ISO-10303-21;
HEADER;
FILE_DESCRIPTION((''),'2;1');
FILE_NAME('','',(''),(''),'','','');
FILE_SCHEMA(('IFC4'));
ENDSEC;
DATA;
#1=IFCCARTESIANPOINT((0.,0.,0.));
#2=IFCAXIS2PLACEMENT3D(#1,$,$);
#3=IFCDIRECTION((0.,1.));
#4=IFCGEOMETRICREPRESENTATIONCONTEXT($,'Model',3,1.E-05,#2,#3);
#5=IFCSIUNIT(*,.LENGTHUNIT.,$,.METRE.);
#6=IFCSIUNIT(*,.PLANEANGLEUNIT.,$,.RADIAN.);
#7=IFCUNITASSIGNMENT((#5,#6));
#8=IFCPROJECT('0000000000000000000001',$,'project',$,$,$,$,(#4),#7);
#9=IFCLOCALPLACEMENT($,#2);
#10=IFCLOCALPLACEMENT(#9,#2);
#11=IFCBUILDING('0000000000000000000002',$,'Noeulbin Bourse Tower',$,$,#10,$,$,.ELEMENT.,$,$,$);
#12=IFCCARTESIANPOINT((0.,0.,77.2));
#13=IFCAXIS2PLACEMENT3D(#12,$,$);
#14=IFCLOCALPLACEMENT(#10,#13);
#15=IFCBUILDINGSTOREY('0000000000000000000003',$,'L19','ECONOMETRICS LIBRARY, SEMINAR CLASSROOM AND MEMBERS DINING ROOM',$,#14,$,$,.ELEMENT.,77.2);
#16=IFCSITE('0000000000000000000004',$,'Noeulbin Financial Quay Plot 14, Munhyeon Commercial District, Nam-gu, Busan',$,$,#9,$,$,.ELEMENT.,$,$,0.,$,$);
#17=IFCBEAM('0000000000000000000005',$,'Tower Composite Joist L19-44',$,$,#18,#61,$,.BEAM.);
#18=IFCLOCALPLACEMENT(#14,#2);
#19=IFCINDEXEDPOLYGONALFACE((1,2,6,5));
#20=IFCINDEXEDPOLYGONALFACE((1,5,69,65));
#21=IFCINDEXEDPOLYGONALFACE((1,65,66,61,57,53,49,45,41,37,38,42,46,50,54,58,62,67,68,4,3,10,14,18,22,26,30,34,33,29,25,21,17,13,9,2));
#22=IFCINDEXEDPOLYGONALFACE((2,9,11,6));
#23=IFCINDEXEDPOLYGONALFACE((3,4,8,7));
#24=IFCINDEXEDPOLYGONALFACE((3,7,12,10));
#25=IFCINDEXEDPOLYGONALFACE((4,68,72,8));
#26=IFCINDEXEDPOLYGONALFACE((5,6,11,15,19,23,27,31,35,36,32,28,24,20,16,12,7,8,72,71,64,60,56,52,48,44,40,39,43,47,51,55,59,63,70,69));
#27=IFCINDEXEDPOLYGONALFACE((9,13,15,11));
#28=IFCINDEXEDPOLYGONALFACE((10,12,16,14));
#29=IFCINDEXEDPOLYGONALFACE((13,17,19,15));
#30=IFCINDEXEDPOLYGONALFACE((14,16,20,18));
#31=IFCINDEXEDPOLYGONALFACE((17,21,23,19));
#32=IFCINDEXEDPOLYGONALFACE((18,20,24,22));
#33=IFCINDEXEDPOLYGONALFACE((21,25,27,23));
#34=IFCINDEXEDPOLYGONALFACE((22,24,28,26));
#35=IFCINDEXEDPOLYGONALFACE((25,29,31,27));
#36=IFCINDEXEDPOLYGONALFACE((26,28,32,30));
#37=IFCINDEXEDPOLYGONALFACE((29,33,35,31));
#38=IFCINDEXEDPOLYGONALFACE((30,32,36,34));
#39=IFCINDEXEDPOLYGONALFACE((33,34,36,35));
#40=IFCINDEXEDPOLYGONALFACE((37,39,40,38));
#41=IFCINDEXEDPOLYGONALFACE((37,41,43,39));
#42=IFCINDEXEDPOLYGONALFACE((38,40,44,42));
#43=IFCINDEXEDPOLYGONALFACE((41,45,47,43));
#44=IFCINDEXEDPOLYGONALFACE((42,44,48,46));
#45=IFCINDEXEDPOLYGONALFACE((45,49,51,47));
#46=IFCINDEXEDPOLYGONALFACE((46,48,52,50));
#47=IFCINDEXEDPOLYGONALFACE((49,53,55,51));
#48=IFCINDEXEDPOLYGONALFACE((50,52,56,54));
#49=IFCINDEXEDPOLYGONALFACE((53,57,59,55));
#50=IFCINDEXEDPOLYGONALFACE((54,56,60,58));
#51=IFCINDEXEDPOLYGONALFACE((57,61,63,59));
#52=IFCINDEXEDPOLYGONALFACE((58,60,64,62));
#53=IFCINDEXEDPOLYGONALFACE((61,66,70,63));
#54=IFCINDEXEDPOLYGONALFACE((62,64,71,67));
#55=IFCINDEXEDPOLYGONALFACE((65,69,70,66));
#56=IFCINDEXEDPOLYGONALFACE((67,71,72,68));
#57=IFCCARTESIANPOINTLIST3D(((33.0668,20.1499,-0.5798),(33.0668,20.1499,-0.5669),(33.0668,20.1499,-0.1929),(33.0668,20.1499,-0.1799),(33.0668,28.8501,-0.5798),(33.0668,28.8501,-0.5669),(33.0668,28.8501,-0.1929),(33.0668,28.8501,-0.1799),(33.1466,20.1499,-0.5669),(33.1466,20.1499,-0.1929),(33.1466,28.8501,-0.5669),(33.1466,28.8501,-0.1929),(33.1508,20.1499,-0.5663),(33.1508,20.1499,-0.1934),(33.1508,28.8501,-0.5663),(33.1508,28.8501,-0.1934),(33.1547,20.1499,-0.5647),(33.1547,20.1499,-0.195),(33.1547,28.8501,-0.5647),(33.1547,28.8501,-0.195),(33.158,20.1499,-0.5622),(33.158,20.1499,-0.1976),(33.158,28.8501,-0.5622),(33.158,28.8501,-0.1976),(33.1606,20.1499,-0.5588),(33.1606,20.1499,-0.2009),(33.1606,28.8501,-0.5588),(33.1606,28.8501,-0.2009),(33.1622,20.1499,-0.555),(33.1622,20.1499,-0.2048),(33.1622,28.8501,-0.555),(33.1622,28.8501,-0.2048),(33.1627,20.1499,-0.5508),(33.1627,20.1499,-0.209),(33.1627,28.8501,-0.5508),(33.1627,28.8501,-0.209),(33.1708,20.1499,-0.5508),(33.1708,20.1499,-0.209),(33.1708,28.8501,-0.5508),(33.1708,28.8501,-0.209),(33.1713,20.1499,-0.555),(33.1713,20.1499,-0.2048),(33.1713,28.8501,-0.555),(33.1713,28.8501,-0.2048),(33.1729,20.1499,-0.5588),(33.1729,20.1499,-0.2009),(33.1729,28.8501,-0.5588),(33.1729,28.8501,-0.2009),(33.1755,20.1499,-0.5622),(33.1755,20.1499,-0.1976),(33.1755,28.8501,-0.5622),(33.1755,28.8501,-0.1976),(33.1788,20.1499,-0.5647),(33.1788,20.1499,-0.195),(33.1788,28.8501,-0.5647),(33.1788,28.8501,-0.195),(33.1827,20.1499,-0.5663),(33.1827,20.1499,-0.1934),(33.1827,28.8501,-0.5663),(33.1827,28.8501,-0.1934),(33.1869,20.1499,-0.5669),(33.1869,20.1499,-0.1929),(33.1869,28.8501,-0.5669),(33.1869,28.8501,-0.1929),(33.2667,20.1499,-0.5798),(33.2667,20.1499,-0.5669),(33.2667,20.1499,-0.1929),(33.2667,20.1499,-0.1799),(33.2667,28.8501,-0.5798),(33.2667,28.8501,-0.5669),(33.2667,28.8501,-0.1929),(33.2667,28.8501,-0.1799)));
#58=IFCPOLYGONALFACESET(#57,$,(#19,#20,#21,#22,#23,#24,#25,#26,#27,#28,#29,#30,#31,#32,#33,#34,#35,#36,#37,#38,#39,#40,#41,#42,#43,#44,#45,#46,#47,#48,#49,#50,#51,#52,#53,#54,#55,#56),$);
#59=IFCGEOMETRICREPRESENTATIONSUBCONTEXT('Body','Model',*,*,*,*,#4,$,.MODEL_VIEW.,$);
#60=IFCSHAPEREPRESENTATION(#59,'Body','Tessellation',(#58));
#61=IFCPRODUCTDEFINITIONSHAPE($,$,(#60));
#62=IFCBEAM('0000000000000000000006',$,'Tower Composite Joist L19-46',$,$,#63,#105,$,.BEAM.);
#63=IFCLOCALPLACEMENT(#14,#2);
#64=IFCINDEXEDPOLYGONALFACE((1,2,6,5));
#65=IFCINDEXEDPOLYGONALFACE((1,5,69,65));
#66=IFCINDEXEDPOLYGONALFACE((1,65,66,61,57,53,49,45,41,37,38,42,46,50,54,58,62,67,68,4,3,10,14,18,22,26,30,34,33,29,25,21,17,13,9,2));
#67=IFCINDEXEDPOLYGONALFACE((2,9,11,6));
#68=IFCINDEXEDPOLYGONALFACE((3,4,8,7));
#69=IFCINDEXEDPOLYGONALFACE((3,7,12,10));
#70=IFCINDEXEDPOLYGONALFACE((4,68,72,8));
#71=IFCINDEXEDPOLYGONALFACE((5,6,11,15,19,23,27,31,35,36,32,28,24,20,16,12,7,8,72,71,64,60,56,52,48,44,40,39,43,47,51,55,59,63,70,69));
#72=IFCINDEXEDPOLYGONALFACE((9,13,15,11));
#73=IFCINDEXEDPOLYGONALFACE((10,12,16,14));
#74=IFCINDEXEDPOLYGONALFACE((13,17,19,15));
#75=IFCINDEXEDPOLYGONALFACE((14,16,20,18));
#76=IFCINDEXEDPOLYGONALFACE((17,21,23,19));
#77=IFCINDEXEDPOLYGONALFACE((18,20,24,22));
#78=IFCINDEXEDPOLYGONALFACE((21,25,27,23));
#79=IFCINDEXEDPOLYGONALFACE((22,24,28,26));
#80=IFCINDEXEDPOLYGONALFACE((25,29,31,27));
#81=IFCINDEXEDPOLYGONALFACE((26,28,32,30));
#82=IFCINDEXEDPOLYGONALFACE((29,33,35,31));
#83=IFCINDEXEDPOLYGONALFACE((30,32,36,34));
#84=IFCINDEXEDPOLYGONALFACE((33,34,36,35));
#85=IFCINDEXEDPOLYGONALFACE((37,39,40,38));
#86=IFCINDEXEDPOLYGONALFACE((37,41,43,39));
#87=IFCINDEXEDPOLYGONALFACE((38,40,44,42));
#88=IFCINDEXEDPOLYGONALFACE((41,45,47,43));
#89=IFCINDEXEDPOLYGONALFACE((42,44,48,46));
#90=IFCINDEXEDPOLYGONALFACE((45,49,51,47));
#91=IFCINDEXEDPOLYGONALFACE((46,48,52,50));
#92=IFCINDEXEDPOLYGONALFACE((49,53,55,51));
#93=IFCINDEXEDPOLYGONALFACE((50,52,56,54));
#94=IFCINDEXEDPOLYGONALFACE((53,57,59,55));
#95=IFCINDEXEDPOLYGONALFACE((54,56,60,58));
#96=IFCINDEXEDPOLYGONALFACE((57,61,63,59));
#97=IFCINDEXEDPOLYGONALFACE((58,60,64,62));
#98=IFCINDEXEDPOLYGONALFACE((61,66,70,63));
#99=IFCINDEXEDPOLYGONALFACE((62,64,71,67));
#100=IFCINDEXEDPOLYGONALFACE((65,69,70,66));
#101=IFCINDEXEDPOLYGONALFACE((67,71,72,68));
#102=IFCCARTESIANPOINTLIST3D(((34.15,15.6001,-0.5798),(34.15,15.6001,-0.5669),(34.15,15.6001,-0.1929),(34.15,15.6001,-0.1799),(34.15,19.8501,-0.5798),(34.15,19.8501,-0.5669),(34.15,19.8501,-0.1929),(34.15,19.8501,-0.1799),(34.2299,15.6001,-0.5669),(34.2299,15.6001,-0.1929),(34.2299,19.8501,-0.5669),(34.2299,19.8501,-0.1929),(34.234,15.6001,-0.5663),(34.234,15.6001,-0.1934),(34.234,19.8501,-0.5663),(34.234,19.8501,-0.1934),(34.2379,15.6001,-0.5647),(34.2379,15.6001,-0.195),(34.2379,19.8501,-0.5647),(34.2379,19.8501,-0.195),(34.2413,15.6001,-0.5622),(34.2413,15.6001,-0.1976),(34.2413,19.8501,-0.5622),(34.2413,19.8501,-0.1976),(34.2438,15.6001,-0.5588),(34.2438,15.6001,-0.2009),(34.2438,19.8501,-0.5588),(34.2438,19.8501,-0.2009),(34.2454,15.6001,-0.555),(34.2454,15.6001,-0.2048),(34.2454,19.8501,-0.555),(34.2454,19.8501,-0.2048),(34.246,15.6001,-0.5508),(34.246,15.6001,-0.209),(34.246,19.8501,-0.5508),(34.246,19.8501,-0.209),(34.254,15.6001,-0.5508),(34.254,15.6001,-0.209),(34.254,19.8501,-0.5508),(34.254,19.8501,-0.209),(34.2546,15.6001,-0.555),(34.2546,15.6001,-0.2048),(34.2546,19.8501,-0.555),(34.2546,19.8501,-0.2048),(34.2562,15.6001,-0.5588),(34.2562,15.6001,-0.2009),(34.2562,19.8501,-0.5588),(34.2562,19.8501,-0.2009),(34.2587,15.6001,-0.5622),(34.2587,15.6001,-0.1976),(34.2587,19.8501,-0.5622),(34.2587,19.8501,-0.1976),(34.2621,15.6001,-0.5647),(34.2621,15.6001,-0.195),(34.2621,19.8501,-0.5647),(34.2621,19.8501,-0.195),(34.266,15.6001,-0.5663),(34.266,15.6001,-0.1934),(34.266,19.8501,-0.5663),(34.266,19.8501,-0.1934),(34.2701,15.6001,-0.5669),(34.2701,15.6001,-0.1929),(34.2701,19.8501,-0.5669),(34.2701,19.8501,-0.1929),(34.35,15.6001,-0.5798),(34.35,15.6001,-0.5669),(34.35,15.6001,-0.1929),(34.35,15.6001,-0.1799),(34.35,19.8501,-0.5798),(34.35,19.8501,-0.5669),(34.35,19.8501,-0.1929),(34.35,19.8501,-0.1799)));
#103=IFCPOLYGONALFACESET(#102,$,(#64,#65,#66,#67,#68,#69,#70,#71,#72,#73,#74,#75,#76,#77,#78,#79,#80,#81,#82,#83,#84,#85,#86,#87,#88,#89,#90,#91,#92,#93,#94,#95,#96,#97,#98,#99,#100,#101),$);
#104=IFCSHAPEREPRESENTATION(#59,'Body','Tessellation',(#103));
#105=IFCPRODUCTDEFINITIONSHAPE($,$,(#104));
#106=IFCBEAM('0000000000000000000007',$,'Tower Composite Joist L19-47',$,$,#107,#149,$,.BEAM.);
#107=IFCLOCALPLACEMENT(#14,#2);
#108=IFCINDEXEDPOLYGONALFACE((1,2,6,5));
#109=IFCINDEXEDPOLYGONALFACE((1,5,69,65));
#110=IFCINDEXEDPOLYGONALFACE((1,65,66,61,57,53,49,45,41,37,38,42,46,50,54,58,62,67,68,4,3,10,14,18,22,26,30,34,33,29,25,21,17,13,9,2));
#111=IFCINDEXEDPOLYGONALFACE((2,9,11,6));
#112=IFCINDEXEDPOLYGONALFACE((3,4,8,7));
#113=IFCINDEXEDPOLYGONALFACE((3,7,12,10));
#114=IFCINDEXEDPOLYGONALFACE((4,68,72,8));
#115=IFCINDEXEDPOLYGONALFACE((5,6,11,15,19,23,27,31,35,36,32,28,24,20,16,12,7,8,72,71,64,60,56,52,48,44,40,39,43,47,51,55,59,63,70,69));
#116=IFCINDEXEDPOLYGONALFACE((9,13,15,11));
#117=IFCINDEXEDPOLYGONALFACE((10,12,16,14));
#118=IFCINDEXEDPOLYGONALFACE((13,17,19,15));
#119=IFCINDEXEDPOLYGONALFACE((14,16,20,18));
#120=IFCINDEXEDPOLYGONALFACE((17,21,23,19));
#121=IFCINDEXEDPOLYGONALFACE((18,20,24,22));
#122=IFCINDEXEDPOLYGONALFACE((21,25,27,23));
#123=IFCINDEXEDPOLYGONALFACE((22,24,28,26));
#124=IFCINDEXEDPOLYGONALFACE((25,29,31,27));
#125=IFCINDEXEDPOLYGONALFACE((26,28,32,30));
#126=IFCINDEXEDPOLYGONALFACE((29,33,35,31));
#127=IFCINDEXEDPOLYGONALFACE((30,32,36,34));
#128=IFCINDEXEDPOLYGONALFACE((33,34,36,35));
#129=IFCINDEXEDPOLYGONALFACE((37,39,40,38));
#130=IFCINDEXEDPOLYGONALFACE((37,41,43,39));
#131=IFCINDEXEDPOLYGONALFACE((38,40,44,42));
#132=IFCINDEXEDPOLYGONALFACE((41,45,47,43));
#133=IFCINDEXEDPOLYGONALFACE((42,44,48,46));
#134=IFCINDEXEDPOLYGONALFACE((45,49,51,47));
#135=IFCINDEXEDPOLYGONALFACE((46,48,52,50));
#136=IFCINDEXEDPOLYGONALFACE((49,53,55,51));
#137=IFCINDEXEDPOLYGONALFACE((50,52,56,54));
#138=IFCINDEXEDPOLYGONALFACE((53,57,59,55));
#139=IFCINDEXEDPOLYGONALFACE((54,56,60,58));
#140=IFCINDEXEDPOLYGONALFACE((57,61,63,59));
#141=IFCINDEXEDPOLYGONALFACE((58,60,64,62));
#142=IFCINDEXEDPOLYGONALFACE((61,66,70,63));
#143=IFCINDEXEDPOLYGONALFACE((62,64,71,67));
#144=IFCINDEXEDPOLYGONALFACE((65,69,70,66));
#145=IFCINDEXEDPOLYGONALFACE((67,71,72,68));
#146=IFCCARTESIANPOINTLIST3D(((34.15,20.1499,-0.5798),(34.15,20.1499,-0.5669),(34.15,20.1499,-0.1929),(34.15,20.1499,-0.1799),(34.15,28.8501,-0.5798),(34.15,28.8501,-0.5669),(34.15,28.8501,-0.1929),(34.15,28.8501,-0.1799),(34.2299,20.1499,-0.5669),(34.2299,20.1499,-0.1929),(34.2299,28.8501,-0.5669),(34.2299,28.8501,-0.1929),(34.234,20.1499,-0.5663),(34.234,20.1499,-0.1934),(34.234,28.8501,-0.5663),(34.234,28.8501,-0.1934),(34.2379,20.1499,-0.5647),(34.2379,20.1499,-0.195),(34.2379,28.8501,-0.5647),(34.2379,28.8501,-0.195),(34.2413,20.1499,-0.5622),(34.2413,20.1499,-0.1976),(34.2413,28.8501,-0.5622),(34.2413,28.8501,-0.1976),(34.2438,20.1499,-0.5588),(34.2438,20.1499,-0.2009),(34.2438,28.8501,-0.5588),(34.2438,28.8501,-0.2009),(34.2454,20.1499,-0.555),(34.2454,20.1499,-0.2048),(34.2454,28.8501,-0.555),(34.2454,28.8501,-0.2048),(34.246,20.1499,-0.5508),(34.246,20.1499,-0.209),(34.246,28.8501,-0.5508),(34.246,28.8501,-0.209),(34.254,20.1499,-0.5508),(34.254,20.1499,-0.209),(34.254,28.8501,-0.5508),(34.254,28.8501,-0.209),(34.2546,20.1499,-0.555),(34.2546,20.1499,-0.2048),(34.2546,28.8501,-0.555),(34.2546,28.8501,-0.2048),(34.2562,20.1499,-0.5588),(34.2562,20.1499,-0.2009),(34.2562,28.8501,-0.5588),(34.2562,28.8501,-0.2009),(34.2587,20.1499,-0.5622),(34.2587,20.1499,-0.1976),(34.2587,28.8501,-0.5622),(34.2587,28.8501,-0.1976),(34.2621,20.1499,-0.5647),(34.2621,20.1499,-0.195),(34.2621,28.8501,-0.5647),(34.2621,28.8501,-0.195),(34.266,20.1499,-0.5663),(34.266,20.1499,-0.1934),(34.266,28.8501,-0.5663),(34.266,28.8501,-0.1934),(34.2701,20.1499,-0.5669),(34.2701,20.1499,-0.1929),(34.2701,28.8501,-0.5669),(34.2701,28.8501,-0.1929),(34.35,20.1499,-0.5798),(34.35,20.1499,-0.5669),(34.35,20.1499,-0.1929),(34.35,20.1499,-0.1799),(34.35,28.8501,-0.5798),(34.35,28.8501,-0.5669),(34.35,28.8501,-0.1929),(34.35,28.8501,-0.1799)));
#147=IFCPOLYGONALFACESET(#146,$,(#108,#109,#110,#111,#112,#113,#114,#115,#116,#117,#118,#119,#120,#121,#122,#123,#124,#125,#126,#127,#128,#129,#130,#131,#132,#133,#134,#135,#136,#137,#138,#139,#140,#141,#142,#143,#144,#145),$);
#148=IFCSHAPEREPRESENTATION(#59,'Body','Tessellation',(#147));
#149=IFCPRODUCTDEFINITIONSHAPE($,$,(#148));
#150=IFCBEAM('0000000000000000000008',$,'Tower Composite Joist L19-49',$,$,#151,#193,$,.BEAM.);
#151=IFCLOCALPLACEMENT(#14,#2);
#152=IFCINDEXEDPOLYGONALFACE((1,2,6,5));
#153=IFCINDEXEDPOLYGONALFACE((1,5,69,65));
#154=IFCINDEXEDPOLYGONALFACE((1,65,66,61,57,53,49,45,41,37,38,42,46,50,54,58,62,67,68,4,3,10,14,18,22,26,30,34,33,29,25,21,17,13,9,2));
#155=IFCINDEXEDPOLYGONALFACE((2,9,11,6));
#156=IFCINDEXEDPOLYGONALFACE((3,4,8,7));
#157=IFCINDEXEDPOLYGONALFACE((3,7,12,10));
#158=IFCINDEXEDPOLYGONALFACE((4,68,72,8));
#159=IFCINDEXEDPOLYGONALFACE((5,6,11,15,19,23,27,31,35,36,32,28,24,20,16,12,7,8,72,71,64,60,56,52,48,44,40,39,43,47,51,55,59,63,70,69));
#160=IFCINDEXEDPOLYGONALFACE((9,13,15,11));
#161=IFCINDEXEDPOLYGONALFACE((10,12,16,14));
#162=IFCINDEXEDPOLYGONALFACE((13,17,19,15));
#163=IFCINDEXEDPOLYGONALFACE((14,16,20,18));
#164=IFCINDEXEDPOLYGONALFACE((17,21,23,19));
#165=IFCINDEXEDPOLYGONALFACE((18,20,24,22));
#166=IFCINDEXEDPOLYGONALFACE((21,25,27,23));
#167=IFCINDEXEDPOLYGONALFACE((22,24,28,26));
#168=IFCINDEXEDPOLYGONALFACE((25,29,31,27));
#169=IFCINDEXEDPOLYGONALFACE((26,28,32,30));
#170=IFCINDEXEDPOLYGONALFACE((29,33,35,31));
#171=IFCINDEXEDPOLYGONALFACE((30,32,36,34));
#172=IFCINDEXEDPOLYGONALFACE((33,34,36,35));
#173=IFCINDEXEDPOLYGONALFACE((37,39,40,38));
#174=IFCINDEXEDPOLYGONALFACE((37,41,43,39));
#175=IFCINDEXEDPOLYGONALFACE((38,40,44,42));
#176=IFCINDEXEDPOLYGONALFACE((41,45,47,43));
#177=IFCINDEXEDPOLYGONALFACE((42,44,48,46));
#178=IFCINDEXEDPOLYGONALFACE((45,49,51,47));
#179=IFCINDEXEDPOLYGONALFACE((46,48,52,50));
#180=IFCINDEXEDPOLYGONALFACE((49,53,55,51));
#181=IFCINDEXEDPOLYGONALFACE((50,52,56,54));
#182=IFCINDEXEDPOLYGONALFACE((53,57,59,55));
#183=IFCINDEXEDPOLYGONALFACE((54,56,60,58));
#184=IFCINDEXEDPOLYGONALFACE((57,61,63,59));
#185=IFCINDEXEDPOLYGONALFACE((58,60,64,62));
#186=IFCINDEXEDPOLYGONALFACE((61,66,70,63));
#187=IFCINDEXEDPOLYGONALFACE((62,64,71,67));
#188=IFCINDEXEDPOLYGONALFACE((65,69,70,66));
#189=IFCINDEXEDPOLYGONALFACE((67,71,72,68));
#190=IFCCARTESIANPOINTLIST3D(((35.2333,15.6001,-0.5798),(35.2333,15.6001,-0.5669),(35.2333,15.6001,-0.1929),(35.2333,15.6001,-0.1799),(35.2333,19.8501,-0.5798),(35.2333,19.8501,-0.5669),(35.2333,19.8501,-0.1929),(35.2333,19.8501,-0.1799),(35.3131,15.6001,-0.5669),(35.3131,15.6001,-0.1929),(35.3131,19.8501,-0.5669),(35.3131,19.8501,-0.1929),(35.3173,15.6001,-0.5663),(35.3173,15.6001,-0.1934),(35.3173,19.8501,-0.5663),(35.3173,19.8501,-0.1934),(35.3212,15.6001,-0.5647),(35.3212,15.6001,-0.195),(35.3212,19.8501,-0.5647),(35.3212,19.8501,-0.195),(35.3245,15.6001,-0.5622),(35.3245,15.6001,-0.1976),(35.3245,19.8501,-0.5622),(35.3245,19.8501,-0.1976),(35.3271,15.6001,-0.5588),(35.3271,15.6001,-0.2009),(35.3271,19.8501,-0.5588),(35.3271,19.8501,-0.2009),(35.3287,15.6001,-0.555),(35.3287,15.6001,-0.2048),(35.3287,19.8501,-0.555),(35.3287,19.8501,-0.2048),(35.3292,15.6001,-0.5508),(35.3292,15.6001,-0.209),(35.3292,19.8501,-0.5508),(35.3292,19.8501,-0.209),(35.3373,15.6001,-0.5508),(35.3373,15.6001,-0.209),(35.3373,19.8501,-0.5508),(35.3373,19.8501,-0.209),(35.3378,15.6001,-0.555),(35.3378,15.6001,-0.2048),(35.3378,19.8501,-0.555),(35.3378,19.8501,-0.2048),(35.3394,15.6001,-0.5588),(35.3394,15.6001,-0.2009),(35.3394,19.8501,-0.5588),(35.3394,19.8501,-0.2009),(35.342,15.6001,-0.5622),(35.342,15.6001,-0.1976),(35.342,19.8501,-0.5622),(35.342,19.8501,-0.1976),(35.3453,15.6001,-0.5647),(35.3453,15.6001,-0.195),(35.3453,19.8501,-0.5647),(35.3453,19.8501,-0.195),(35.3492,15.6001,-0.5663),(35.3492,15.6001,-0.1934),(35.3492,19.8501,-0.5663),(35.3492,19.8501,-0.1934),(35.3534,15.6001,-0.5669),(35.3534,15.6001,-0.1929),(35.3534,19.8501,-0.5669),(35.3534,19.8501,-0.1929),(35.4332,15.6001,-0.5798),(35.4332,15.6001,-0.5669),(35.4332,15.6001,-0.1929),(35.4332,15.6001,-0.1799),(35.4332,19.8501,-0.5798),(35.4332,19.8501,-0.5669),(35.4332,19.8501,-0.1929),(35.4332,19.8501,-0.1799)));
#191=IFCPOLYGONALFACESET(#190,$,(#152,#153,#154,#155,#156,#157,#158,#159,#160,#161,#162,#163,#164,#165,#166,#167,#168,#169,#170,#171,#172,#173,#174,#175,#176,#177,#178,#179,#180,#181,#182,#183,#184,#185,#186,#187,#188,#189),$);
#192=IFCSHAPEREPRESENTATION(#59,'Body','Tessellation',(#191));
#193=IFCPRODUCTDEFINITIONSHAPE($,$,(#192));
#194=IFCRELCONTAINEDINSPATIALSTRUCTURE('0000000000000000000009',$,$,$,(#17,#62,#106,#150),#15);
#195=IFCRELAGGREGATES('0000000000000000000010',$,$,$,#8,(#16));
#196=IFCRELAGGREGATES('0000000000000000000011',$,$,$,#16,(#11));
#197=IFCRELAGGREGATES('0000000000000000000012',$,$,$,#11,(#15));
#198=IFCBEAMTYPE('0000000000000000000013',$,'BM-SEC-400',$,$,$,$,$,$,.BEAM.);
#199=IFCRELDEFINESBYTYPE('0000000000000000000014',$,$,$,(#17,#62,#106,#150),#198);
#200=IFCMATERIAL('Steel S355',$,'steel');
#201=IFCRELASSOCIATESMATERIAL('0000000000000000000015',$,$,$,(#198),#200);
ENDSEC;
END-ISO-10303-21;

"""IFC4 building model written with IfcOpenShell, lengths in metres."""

from ifc_helpers import new_model, si_unit, direction, frame, origin, origin_2d, place, context, subcontext, project, spatial, i_section, extrude, material, material_profile, profile_set, type_object, element, save


model = new_model("IFC4")

# Units and contexts
model_context = context("Model", 3, precision=1e-05, world=origin(), true_north=direction((0.0, 1.0)))
body_context = subcontext(model_context, "Body", "Model", "MODEL_VIEW")
ifc_project = project(units=[si_unit("LENGTHUNIT", "METRE"), si_unit("PLANEANGLEUNIT", "RADIAN")], contexts=[model_context])

# Site, building, storey
site_placement = place(None, origin())
site = spatial("IfcSite", under=ifc_project, at=site_placement, Name="Noeulbin Financial Quay Plot 14, Munhyeon Commercial District, Nam-gu, Busan", CompositionType="ELEMENT", RefElevation=0.0)
building_placement = place(site_placement, origin())
building = spatial("IfcBuilding", under=site, at=building_placement, Name="Noeulbin Bourse Tower", CompositionType="ELEMENT")
storey_placement = place(building_placement, frame((0.0, 0.0, 77.2)))
storey = spatial("IfcBuildingStorey", under=building, at=storey_placement, Name="L19", Description="ECONOMETRICS LIBRARY, SEMINAR CLASSROOM AND MEMBERS DINING ROOM", CompositionType="ELEMENT", Elevation=77.2)

# Shared definitions
ifc_material_1 = material(Name="Steel S355", Category="steel")

# Beams
ifc_material_profile_1 = material_profile(ifc_material_1, i_section(OverallWidth=0.2, OverallDepth=0.3999, WebThickness=0.0081, FlangeThickness=0.0129, FilletRadius=0.0161, at=origin_2d()), Name="H-400x200x8x13", Category="LoadBearing")
ifc_profile_set_1 = profile_set([ifc_material_profile_1], Name="Steel S355")
beam_type_1 = type_object("IfcBeamType", Name="BM-SEC-400", PredefinedType="BEAM", material=ifc_profile_set_1)
beam_1_placement = place(storey_placement, frame((33.1667, 20.1499, -0.3799), z_axis=(0.0, 1.0, 0.0), x_axis=(-1.0, 0.0, 0.0)))
element("IfcBeam", 1, at=beam_1_placement, inside=storey, type_object=beam_type_1, Name="Tower Composite Joist L19-44", PredefinedType="BEAM", context=body_context, shape_type="SweptSolid", body=[
    extrude(i_section(OverallWidth=0.2, OverallDepth=0.3999, WebThickness=0.0081, FlangeThickness=0.0129, FilletRadius=0.0161, at=origin_2d()), origin(), (0.0, 0.0, 1.0), 8.7002),
])
beam_2_placement = place(storey_placement, frame((34.25, 15.6001, -0.3799), z_axis=(0.0, 1.0, 0.0), x_axis=(-1.0, 0.0, 0.0)))
element("IfcBeam", 2, at=beam_2_placement, inside=storey, type_object=beam_type_1, Name="Tower Composite Joist L19-46", PredefinedType="BEAM", context=body_context, shape_type="SweptSolid", body=[
    extrude(i_section(OverallWidth=0.2, OverallDepth=0.3999, WebThickness=0.0081, FlangeThickness=0.0129, FilletRadius=0.0161, at=origin_2d()), origin(), (0.0, 0.0, 1.0), 4.25),
])
beam_3_placement = place(storey_placement, frame((34.25, 20.1499, -0.3799), z_axis=(0.0, 1.0, 0.0), x_axis=(-1.0, 0.0, 0.0)))
element("IfcBeam", 3, at=beam_3_placement, inside=storey, type_object=beam_type_1, Name="Tower Composite Joist L19-47", PredefinedType="BEAM", context=body_context, shape_type="SweptSolid", body=[
    extrude(i_section(OverallWidth=0.2, OverallDepth=0.3999, WebThickness=0.0081, FlangeThickness=0.0129, FilletRadius=0.0161, at=origin_2d()), origin(), (0.0, 0.0, 1.0), 8.7002),
])
beam_4_placement = place(storey_placement, frame((35.3333, 15.6001, -0.3799), z_axis=(0.0, 1.0, 0.0), x_axis=(-1.0, 0.0, 0.0)))
element("IfcBeam", 4, at=beam_4_placement, inside=storey, type_object=beam_type_1, Name="Tower Composite Joist L19-49", PredefinedType="BEAM", context=body_context, shape_type="SweptSolid", body=[
    extrude(i_section(OverallWidth=0.2, OverallDepth=0.3999, WebThickness=0.0081, FlangeThickness=0.0129, FilletRadius=0.0161, at=origin_2d()), origin(), (0.0, 0.0, 1.0), 4.25),
])

save(model, "model.ifc")
